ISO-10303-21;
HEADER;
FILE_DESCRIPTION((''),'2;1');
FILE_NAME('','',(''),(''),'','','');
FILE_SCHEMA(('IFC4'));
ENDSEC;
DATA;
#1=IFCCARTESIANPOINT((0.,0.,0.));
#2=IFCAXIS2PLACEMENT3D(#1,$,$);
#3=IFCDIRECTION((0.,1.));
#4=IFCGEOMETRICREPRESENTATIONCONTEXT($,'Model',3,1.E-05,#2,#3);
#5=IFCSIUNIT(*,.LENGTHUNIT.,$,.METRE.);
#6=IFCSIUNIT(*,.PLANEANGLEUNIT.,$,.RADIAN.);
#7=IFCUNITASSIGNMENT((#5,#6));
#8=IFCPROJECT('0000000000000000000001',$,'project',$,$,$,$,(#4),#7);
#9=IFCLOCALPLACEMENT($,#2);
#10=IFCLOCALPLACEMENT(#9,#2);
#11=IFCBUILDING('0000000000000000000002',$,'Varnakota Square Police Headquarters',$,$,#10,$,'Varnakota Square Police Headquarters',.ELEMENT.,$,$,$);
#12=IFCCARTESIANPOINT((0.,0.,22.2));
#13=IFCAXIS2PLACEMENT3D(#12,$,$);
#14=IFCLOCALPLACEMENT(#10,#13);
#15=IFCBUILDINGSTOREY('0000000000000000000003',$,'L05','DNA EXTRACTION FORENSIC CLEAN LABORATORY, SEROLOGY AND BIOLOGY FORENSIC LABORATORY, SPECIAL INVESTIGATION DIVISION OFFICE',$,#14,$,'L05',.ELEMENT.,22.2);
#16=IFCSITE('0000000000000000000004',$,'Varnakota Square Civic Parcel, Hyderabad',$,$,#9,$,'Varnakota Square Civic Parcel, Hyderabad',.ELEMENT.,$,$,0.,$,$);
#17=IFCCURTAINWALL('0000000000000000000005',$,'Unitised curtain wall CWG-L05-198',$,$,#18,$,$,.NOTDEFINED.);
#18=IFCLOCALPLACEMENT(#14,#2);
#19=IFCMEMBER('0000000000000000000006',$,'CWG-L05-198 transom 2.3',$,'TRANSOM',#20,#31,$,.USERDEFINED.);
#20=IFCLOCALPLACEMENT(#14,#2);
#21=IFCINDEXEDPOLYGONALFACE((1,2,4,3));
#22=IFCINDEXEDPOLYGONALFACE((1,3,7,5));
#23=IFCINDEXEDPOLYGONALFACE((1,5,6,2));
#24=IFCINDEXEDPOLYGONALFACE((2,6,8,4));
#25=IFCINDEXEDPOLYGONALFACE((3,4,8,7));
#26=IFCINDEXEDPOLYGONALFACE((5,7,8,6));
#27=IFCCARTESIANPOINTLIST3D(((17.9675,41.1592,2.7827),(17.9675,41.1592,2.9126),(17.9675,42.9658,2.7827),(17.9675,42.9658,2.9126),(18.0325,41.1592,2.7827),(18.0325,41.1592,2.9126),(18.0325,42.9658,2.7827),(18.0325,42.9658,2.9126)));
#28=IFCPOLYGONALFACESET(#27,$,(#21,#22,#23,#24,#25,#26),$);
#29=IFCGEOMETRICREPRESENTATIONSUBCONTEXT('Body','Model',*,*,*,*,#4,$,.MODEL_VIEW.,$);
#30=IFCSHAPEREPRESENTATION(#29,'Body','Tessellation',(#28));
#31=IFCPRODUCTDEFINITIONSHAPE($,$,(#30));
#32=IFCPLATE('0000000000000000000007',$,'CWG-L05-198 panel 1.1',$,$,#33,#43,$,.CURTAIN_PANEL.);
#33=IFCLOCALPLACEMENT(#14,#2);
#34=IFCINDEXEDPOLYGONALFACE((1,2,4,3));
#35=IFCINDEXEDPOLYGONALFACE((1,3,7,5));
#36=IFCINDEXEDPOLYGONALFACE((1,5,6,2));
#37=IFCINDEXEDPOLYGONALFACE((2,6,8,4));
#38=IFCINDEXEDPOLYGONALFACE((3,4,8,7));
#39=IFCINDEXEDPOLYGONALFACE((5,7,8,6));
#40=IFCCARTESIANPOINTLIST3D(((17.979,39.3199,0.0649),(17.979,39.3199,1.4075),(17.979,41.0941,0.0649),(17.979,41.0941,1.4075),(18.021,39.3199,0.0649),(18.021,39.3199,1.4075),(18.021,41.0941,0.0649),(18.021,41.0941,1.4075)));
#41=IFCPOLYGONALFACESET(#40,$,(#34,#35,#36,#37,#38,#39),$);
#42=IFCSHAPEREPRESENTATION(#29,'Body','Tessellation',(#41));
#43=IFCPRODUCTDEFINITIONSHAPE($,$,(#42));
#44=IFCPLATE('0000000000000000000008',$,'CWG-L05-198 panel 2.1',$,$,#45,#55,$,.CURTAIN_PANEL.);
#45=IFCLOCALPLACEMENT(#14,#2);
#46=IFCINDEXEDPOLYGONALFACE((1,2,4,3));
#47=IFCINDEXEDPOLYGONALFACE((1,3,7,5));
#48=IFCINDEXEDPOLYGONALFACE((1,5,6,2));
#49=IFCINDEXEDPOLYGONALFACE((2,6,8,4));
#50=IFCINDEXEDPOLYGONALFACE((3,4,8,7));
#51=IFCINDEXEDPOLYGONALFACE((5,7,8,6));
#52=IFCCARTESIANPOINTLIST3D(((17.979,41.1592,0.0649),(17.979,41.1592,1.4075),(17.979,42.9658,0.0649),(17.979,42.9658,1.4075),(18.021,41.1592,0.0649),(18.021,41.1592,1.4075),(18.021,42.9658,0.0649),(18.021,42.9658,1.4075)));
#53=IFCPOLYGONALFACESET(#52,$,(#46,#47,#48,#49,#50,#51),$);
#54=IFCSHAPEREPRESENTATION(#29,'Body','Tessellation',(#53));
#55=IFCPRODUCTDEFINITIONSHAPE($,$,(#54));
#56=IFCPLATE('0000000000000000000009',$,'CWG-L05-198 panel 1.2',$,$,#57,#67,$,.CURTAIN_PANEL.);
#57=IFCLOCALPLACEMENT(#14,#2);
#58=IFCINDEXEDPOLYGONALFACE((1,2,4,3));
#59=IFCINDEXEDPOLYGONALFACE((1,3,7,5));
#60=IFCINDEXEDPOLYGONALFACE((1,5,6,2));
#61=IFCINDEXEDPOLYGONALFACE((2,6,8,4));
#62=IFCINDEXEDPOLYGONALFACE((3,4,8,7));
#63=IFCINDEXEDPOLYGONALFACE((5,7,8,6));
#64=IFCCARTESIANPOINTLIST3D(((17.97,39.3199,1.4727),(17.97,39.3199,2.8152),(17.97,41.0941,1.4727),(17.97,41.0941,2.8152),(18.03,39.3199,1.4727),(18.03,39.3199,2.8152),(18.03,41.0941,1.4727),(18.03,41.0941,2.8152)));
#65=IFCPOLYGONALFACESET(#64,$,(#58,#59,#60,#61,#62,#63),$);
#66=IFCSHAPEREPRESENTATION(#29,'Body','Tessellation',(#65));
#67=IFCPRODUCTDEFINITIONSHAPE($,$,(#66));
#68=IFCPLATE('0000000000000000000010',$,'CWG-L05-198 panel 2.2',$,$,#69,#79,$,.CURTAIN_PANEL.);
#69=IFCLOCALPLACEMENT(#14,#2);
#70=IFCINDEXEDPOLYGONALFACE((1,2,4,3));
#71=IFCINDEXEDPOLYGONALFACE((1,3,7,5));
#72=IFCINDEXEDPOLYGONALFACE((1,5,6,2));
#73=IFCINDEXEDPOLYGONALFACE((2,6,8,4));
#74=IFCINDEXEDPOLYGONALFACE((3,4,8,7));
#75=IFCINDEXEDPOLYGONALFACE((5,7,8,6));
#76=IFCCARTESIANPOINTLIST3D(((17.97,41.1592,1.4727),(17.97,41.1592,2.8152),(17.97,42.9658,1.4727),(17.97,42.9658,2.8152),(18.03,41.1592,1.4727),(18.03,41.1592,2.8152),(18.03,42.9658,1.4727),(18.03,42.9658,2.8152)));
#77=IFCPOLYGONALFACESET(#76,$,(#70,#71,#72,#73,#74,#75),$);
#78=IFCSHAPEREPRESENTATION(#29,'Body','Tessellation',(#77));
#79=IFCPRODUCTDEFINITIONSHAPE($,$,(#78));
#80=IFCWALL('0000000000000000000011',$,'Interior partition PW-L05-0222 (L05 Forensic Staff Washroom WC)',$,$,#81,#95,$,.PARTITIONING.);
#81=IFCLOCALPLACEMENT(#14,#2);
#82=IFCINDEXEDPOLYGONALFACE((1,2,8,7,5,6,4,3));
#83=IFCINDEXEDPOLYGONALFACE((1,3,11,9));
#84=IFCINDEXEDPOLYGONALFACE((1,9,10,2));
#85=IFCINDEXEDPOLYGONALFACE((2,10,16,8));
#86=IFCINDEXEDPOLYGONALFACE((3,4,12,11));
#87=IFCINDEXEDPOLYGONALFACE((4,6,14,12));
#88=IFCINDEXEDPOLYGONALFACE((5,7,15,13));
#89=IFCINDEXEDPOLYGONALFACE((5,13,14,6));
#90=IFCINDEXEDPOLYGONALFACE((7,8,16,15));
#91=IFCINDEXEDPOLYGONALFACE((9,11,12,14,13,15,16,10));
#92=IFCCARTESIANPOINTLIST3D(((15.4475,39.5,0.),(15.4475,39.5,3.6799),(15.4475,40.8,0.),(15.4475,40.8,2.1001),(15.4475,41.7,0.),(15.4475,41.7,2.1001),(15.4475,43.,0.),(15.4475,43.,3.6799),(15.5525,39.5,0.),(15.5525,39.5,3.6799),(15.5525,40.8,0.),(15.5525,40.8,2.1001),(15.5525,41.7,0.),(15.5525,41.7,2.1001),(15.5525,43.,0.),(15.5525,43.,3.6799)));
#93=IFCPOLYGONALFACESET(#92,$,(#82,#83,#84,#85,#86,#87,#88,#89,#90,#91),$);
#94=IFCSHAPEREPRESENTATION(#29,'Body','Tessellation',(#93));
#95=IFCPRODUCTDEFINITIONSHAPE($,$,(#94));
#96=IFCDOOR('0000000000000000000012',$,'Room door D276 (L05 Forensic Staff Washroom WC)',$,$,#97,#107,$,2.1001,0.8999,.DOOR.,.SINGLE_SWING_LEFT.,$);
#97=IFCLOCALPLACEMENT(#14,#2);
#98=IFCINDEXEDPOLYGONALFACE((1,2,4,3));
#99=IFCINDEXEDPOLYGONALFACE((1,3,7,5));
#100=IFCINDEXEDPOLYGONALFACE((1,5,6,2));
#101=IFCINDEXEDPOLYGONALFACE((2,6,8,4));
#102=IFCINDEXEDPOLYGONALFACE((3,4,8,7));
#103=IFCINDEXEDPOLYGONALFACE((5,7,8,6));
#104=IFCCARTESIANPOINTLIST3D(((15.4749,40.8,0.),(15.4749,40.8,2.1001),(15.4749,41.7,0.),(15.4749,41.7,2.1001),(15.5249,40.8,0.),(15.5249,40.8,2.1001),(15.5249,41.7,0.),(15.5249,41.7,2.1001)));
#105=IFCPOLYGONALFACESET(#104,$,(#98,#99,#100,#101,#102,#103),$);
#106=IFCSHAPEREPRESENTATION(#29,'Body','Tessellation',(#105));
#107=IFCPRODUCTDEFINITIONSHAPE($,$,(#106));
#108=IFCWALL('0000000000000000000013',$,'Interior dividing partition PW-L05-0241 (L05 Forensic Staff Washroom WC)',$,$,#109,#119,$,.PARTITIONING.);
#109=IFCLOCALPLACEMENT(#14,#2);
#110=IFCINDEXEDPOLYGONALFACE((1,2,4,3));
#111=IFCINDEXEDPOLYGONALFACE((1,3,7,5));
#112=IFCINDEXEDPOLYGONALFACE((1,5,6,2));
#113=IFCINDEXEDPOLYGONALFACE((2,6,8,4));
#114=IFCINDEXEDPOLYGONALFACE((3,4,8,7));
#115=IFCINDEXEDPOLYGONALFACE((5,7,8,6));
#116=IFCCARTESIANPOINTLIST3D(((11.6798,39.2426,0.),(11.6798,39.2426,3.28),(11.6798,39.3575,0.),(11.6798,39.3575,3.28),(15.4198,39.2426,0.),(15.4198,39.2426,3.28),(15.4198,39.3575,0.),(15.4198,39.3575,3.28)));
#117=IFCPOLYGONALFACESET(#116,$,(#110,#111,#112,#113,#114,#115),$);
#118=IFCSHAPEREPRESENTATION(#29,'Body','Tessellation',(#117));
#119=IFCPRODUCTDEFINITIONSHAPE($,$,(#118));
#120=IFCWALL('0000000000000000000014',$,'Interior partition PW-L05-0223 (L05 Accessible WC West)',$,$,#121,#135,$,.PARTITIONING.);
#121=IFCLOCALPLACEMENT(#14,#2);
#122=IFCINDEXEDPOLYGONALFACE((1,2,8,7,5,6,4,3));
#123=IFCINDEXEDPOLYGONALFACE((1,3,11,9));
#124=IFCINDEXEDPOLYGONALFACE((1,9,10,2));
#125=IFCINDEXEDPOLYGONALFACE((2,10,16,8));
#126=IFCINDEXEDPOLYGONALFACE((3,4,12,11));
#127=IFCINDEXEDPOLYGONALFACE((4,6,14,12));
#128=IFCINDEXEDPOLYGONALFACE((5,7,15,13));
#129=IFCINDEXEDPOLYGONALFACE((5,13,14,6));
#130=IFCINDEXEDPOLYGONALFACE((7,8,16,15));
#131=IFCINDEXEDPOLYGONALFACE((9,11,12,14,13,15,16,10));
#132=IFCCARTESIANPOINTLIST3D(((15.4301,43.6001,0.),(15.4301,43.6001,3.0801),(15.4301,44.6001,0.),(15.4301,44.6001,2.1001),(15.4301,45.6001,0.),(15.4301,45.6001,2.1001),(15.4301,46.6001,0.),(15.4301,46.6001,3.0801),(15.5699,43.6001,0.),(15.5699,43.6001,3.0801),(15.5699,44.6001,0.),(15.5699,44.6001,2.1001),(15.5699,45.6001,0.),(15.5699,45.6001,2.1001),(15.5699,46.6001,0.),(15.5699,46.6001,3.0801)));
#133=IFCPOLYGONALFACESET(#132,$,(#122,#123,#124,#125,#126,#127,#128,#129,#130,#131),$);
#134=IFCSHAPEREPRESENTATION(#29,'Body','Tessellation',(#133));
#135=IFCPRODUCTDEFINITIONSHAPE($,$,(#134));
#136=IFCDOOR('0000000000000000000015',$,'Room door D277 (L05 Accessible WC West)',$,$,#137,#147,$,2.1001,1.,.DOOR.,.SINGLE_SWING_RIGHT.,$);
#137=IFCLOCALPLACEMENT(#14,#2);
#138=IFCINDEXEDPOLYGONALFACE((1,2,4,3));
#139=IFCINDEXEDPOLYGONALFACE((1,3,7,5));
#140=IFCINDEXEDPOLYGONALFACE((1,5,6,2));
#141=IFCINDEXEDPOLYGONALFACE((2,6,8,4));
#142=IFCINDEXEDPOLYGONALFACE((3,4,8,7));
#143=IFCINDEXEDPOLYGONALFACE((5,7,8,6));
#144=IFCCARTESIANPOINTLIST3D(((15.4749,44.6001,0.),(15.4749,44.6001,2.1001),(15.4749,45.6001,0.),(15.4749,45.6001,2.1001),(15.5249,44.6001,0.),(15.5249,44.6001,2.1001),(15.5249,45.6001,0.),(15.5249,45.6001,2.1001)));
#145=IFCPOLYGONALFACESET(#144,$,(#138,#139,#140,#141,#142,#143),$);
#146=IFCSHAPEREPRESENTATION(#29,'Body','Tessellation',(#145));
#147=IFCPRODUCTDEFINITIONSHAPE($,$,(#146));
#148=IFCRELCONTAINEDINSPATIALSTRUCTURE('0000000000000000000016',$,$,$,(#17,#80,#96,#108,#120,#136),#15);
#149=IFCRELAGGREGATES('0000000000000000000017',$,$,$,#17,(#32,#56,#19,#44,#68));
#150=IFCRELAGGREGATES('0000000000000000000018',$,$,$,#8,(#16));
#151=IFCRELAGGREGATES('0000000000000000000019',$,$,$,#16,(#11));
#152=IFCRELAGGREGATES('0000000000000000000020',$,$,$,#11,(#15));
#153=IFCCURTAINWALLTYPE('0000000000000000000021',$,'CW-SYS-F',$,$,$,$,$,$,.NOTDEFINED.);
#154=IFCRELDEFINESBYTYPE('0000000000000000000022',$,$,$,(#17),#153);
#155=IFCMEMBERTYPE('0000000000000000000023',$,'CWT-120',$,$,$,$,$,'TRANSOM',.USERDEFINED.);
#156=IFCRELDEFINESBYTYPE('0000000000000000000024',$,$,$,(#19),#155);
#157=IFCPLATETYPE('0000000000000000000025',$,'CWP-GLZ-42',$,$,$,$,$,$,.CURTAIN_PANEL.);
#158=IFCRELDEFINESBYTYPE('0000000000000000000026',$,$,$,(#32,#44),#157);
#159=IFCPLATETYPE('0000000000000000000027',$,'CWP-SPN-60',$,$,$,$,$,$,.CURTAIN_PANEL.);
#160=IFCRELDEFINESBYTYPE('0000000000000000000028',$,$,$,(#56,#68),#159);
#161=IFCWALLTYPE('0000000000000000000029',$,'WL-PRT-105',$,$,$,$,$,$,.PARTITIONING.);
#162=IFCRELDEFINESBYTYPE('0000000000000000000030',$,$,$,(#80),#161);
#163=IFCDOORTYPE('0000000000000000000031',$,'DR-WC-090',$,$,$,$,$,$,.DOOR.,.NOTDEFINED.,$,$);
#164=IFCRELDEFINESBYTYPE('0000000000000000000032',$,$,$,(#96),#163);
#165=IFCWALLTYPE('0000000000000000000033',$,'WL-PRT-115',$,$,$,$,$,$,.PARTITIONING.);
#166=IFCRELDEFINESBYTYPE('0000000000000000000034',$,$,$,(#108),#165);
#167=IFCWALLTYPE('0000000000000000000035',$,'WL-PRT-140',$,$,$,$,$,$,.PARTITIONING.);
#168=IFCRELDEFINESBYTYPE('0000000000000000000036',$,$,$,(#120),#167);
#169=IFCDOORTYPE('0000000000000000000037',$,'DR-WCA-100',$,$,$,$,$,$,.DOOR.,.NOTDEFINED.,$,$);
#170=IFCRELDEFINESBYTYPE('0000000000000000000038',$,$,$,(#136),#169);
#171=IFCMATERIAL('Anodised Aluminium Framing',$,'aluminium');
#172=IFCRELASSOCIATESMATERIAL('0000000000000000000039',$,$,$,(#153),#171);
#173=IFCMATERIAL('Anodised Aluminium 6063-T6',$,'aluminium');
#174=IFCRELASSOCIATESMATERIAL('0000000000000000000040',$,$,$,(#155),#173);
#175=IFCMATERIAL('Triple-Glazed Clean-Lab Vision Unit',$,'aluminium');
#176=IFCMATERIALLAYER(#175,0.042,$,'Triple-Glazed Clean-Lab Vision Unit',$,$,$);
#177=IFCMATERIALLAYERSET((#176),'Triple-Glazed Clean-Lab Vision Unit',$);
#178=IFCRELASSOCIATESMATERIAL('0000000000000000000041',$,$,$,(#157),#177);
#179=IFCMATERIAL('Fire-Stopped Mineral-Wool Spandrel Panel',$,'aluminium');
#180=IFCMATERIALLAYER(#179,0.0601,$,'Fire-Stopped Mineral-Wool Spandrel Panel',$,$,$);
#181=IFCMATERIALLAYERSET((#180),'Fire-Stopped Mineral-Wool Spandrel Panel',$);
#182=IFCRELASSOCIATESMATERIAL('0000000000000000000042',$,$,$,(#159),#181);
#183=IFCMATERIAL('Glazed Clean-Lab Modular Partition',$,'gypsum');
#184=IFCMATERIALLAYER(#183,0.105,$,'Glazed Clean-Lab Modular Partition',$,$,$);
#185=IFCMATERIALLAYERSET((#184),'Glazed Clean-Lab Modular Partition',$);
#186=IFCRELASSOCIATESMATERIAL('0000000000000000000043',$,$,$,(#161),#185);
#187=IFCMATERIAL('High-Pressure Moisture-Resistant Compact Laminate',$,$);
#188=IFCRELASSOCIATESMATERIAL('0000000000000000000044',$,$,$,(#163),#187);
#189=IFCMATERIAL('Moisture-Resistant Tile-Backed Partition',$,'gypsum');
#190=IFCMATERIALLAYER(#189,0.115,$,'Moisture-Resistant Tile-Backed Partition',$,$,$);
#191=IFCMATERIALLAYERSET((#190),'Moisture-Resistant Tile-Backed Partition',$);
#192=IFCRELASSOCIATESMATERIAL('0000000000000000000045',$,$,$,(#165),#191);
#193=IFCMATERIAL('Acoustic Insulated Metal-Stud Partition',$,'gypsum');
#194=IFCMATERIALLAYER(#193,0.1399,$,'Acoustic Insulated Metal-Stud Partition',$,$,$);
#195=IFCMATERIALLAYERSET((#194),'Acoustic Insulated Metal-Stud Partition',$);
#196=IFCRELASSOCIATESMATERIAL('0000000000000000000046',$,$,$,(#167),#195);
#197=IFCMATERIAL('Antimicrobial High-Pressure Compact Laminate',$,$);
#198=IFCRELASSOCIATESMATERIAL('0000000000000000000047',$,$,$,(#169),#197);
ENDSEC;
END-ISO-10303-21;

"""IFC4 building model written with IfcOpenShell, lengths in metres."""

from ifc_helpers import new_model, si_unit, direction, frame, frame_2d, origin, origin_2d, place, context, subcontext, project, spatial, rectangle, extrude, material, layer, layer_set, material_profile, profile_set, type_object, element, fill, aggregate, save


model = new_model("IFC4")

# Units and contexts
model_context = context("Model", 3, precision=1e-05, world=origin(), true_north=direction((0.0, 1.0)))
body_context = subcontext(model_context, "Body", "Model", "MODEL_VIEW")
ifc_project = project(units=[si_unit("LENGTHUNIT", "METRE"), si_unit("PLANEANGLEUNIT", "RADIAN")], contexts=[model_context])

# Site, building, storey
site_placement = place(None, origin())
site = spatial("IfcSite", under=ifc_project, at=site_placement, Name="Varnakota Square Civic Parcel, Hyderabad", LongName="Varnakota Square Civic Parcel, Hyderabad", CompositionType="ELEMENT", RefElevation=0.0)
building_placement = place(site_placement, origin())
building = spatial("IfcBuilding", under=site, at=building_placement, Name="Varnakota Square Police Headquarters", LongName="Varnakota Square Police Headquarters", CompositionType="ELEMENT")
storey_placement = place(building_placement, frame((0.0, 0.0, 22.2)))
storey = spatial("IfcBuildingStorey", under=building, at=storey_placement, Name="L05", Description="DNA EXTRACTION FORENSIC CLEAN LABORATORY, SEROLOGY AND BIOLOGY FORENSIC LABORATORY, SPECIAL INVESTIGATION DIVISION OFFICE", LongName="L05", CompositionType="ELEMENT", Elevation=22.2)

# Curtain wall, member, plates
ifc_material_1 = material(Name="Anodised Aluminium Framing", Category="aluminium")
curtain_wall_type = type_object("IfcCurtainWallType", Name="CW-SYS-F", PredefinedType="NOTDEFINED", material=ifc_material_1)
curtain_wall_placement = place(storey_placement, origin())
curtain_wall = element("IfcCurtainWall", 1, at=curtain_wall_placement, inside=storey, type_object=curtain_wall_type, Name="Unitised curtain wall CWG-L05-198", PredefinedType="NOTDEFINED")
ifc_material_2 = material(Name="Anodised Aluminium 6063-T6", Category="aluminium")
ifc_material_profile_1 = material_profile(ifc_material_2, rectangle(XDim=0.0649, YDim=0.1299, at=origin_2d()), Name="ALU TRANSOM 65x130")
ifc_profile_set_1 = profile_set([ifc_material_profile_1], Name="Anodised Aluminium 6063-T6")
member_type_1 = type_object("IfcMemberType", Name="CWT-120", ElementType="TRANSOM", PredefinedType="USERDEFINED", material=ifc_profile_set_1)
member_1_placement = place(storey_placement, frame((18.0, 41.1592, 2.8477), z_axis=(0.0, 1.0, 0.0), x_axis=(-1.0, 0.0, 0.0)))
member_1 = element("IfcMember", 2, at=member_1_placement, type_object=member_type_1, Name="CWG-L05-198 transom 2.3", ObjectType="TRANSOM", PredefinedType="USERDEFINED", context=body_context, shape_type="SweptSolid", body=[
    extrude(rectangle(XDim=0.0649, YDim=0.1299, at=origin_2d()), origin(), (0.0, 0.0, 1.0), 1.8066),
])
ifc_material_3 = material(Name="Triple-Glazed Clean-Lab Vision Unit", Category="aluminium")
ifc_layer_1 = layer(ifc_material_3, 0.042, Name="Triple-Glazed Clean-Lab Vision Unit")
ifc_layer_set_1 = layer_set([ifc_layer_1], Name="Triple-Glazed Clean-Lab Vision Unit")
plate_type_1 = type_object("IfcPlateType", Name="CWP-GLZ-42", PredefinedType="CURTAIN_PANEL", material=ifc_layer_set_1)
plate_1_placement = place(storey_placement, frame((18.0, 40.207, 0.0649), z_axis=(0.0, 0.0, 1.0), x_axis=(0.0, 1.0, 0.0)))
plate_1 = element("IfcPlate", 3, at=plate_1_placement, type_object=plate_type_1, Name="CWG-L05-198 panel 1.1", PredefinedType="CURTAIN_PANEL", context=body_context, shape_type="SweptSolid", body=[
    extrude(rectangle(XDim=1.7742, YDim=0.042, at=origin_2d()), origin(), (0.0, 0.0, 1.0), 1.3425),
])
plate_2_placement = place(storey_placement, frame((18.0, 42.0625, 0.0649), z_axis=(0.0, 0.0, 1.0), x_axis=(0.0, 1.0, 0.0)))
plate_2 = element("IfcPlate", 4, at=plate_2_placement, type_object=plate_type_1, Name="CWG-L05-198 panel 2.1", PredefinedType="CURTAIN_PANEL", context=body_context, shape_type="SweptSolid", body=[
    extrude(rectangle(XDim=1.8066, YDim=0.042, at=origin_2d()), origin(), (0.0, 0.0, 1.0), 1.3425),
])
ifc_material_4 = material(Name="Fire-Stopped Mineral-Wool Spandrel Panel", Category="aluminium")
ifc_layer_2 = layer(ifc_material_4, 0.0601, Name="Fire-Stopped Mineral-Wool Spandrel Panel")
ifc_layer_set_2 = layer_set([ifc_layer_2], Name="Fire-Stopped Mineral-Wool Spandrel Panel")
plate_type_2 = type_object("IfcPlateType", Name="CWP-SPN-60", PredefinedType="CURTAIN_PANEL", material=ifc_layer_set_2)
plate_3_placement = place(storey_placement, frame((18.0, 40.207, 1.4727), z_axis=(0.0, 0.0, 1.0), x_axis=(0.0, 1.0, 0.0)))
plate_3 = element("IfcPlate", 5, at=plate_3_placement, type_object=plate_type_2, Name="CWG-L05-198 panel 1.2", PredefinedType="CURTAIN_PANEL", context=body_context, shape_type="SweptSolid", body=[
    extrude(rectangle(XDim=1.7742, YDim=0.0601, at=origin_2d()), origin(), (0.0, 0.0, 1.0), 1.3425),
])
plate_4_placement = place(storey_placement, frame((18.0, 42.0625, 1.4727), z_axis=(0.0, 0.0, 1.0), x_axis=(0.0, 1.0, 0.0)))
plate_4 = element("IfcPlate", 6, at=plate_4_placement, type_object=plate_type_2, Name="CWG-L05-198 panel 2.2", PredefinedType="CURTAIN_PANEL", context=body_context, shape_type="SweptSolid", body=[
    extrude(rectangle(XDim=1.8066, YDim=0.0601, at=origin_2d()), origin(), (0.0, 0.0, 1.0), 1.3425),
])
aggregate(curtain_wall, [plate_1, plate_3, member_1, plate_2, plate_4])

# Wall, opening, door
ifc_material_5 = material(Name="Glazed Clean-Lab Modular Partition", Category="gypsum")
ifc_layer_3 = layer(ifc_material_5, 0.105, Name="Glazed Clean-Lab Modular Partition")
ifc_layer_set_3 = layer_set([ifc_layer_3], Name="Glazed Clean-Lab Modular Partition")
wall_type_1 = type_object("IfcWallType", Name="WL-PRT-105", PredefinedType="PARTITIONING", material=ifc_layer_set_3)
wall_1_placement = place(storey_placement, frame((15.5, 43.0, 0.0), z_axis=(0.0, 0.0, 1.0), x_axis=(0.0, -1.0, 0.0)))
wall_1 = element("IfcWall", 7, at=wall_1_placement, inside=storey, type_object=wall_type_1, Name="Interior partition PW-L05-0222 (L05 Forensic Staff Washroom WC)", PredefinedType="PARTITIONING", context=body_context, shape_type="SweptSolid", body=[
    extrude(rectangle(XDim=3.5, YDim=0.105, at=frame_2d((1.75, 0.0))), origin(), (0.0, 0.0, 1.0), 3.6799),
])
opening_1_placement = place(wall_1_placement, frame((1.3, 0.0, 0.0)))
opening_1 = element("IfcOpeningElement", 8, at=opening_1_placement, cuts=wall_1, PredefinedType="OPENING", context=body_context, shape_type="SweptSolid", body=[
    extrude(rectangle(XDim=0.8999, YDim=2.1001, at=frame_2d((0.45, 1.05))), frame((0.0, 0.0625, 0.0), z_axis=(0.0, -1.0, 0.0), x_axis=(1.0, 0.0, 0.0)), (0.0, 0.0, 1.0), 0.125),
])
ifc_material_6 = material(Name="High-Pressure Moisture-Resistant Compact Laminate")
door_type_1 = type_object("IfcDoorType", Name="DR-WC-090", OperationType="NOTDEFINED", PredefinedType="DOOR", material=ifc_material_6)
door_1_placement = place(opening_1_placement, origin())
door_1 = element("IfcDoor", 9, at=door_1_placement, inside=storey, type_object=door_type_1, Name="Room door D276 (L05 Forensic Staff Washroom WC)", OperationType="SINGLE_SWING_LEFT", OverallHeight=2.1001, OverallWidth=0.8999, PredefinedType="DOOR", context=body_context, shape_type="SweptSolid", body=[
    extrude(rectangle(XDim=0.8999, YDim=2.1001, at=frame_2d((0.45, 1.05))), frame((0.0, 0.0249, 0.0), z_axis=(0.0, -1.0, 0.0), x_axis=(1.0, 0.0, 0.0)), (0.0, 0.0, 1.0), 0.05),
])
fill(opening_1, door_1)

# Wall
ifc_material_7 = material(Name="Moisture-Resistant Tile-Backed Partition", Category="gypsum")
ifc_layer_4 = layer(ifc_material_7, 0.115, Name="Moisture-Resistant Tile-Backed Partition")
ifc_layer_set_4 = layer_set([ifc_layer_4], Name="Moisture-Resistant Tile-Backed Partition")
wall_type_2 = type_object("IfcWallType", Name="WL-PRT-115", PredefinedType="PARTITIONING", material=ifc_layer_set_4)
wall_2_placement = place(storey_placement, frame((15.4199, 39.3, 0.0), z_axis=(0.0, 0.0, 1.0), x_axis=(-1.0, 0.0, 0.0)))
element("IfcWall", 10, at=wall_2_placement, inside=storey, type_object=wall_type_2, Name="Interior dividing partition PW-L05-0241 (L05 Forensic Staff Washroom WC)", PredefinedType="PARTITIONING", context=body_context, shape_type="SweptSolid", body=[
    extrude(rectangle(XDim=3.74, YDim=0.115, at=frame_2d((1.8701, 0.0))), origin(), (0.0, 0.0, 1.0), 3.28),
])

# Wall, opening, door
ifc_material_8 = material(Name="Acoustic Insulated Metal-Stud Partition", Category="gypsum")
ifc_layer_5 = layer(ifc_material_8, 0.1399, Name="Acoustic Insulated Metal-Stud Partition")
ifc_layer_set_5 = layer_set([ifc_layer_5], Name="Acoustic Insulated Metal-Stud Partition")
wall_type_3 = type_object("IfcWallType", Name="WL-PRT-140", PredefinedType="PARTITIONING", material=ifc_layer_set_5)
wall_3_placement = place(storey_placement, frame((15.5, 46.6001, 0.0), z_axis=(0.0, 0.0, 1.0), x_axis=(0.0, -1.0, 0.0)))
wall_3 = element("IfcWall", 11, at=wall_3_placement, inside=storey, type_object=wall_type_3, Name="Interior partition PW-L05-0223 (L05 Accessible WC West)", PredefinedType="PARTITIONING", context=body_context, shape_type="SweptSolid", body=[
    extrude(rectangle(XDim=3.0, YDim=0.1399, at=frame_2d((1.5, 0.0))), origin(), (0.0, 0.0, 1.0), 3.0801),
])
opening_2_placement = place(wall_3_placement, frame((1.0, 0.0, 0.0)))
opening_2 = element("IfcOpeningElement", 12, at=opening_2_placement, cuts=wall_3, PredefinedType="OPENING", context=body_context, shape_type="SweptSolid", body=[
    extrude(rectangle(XDim=1.0, YDim=2.1001, at=frame_2d((0.5, 1.05))), frame((0.0, 0.0798, 0.0), z_axis=(0.0, -1.0, 0.0), x_axis=(1.0, 0.0, 0.0)), (0.0, 0.0, 1.0), 0.1599),
])
ifc_material_9 = material(Name="Antimicrobial High-Pressure Compact Laminate")
door_type_2 = type_object("IfcDoorType", Name="DR-WCA-100", OperationType="NOTDEFINED", PredefinedType="DOOR", material=ifc_material_9)
door_2_placement = place(opening_2_placement, origin())
door_2 = element("IfcDoor", 13, at=door_2_placement, inside=storey, type_object=door_type_2, Name="Room door D277 (L05 Accessible WC West)", OperationType="SINGLE_SWING_RIGHT", OverallHeight=2.1001, OverallWidth=1.0, PredefinedType="DOOR", context=body_context, shape_type="SweptSolid", body=[
    extrude(rectangle(XDim=1.0, YDim=2.1001, at=frame_2d((0.5, 1.05))), frame((0.0, 0.0249, 0.0), z_axis=(0.0, -1.0, 0.0), x_axis=(1.0, 0.0, 0.0)), (0.0, 0.0, 1.0), 0.05),
])
fill(opening_2, door_2)

save(model, "model.ifc")
